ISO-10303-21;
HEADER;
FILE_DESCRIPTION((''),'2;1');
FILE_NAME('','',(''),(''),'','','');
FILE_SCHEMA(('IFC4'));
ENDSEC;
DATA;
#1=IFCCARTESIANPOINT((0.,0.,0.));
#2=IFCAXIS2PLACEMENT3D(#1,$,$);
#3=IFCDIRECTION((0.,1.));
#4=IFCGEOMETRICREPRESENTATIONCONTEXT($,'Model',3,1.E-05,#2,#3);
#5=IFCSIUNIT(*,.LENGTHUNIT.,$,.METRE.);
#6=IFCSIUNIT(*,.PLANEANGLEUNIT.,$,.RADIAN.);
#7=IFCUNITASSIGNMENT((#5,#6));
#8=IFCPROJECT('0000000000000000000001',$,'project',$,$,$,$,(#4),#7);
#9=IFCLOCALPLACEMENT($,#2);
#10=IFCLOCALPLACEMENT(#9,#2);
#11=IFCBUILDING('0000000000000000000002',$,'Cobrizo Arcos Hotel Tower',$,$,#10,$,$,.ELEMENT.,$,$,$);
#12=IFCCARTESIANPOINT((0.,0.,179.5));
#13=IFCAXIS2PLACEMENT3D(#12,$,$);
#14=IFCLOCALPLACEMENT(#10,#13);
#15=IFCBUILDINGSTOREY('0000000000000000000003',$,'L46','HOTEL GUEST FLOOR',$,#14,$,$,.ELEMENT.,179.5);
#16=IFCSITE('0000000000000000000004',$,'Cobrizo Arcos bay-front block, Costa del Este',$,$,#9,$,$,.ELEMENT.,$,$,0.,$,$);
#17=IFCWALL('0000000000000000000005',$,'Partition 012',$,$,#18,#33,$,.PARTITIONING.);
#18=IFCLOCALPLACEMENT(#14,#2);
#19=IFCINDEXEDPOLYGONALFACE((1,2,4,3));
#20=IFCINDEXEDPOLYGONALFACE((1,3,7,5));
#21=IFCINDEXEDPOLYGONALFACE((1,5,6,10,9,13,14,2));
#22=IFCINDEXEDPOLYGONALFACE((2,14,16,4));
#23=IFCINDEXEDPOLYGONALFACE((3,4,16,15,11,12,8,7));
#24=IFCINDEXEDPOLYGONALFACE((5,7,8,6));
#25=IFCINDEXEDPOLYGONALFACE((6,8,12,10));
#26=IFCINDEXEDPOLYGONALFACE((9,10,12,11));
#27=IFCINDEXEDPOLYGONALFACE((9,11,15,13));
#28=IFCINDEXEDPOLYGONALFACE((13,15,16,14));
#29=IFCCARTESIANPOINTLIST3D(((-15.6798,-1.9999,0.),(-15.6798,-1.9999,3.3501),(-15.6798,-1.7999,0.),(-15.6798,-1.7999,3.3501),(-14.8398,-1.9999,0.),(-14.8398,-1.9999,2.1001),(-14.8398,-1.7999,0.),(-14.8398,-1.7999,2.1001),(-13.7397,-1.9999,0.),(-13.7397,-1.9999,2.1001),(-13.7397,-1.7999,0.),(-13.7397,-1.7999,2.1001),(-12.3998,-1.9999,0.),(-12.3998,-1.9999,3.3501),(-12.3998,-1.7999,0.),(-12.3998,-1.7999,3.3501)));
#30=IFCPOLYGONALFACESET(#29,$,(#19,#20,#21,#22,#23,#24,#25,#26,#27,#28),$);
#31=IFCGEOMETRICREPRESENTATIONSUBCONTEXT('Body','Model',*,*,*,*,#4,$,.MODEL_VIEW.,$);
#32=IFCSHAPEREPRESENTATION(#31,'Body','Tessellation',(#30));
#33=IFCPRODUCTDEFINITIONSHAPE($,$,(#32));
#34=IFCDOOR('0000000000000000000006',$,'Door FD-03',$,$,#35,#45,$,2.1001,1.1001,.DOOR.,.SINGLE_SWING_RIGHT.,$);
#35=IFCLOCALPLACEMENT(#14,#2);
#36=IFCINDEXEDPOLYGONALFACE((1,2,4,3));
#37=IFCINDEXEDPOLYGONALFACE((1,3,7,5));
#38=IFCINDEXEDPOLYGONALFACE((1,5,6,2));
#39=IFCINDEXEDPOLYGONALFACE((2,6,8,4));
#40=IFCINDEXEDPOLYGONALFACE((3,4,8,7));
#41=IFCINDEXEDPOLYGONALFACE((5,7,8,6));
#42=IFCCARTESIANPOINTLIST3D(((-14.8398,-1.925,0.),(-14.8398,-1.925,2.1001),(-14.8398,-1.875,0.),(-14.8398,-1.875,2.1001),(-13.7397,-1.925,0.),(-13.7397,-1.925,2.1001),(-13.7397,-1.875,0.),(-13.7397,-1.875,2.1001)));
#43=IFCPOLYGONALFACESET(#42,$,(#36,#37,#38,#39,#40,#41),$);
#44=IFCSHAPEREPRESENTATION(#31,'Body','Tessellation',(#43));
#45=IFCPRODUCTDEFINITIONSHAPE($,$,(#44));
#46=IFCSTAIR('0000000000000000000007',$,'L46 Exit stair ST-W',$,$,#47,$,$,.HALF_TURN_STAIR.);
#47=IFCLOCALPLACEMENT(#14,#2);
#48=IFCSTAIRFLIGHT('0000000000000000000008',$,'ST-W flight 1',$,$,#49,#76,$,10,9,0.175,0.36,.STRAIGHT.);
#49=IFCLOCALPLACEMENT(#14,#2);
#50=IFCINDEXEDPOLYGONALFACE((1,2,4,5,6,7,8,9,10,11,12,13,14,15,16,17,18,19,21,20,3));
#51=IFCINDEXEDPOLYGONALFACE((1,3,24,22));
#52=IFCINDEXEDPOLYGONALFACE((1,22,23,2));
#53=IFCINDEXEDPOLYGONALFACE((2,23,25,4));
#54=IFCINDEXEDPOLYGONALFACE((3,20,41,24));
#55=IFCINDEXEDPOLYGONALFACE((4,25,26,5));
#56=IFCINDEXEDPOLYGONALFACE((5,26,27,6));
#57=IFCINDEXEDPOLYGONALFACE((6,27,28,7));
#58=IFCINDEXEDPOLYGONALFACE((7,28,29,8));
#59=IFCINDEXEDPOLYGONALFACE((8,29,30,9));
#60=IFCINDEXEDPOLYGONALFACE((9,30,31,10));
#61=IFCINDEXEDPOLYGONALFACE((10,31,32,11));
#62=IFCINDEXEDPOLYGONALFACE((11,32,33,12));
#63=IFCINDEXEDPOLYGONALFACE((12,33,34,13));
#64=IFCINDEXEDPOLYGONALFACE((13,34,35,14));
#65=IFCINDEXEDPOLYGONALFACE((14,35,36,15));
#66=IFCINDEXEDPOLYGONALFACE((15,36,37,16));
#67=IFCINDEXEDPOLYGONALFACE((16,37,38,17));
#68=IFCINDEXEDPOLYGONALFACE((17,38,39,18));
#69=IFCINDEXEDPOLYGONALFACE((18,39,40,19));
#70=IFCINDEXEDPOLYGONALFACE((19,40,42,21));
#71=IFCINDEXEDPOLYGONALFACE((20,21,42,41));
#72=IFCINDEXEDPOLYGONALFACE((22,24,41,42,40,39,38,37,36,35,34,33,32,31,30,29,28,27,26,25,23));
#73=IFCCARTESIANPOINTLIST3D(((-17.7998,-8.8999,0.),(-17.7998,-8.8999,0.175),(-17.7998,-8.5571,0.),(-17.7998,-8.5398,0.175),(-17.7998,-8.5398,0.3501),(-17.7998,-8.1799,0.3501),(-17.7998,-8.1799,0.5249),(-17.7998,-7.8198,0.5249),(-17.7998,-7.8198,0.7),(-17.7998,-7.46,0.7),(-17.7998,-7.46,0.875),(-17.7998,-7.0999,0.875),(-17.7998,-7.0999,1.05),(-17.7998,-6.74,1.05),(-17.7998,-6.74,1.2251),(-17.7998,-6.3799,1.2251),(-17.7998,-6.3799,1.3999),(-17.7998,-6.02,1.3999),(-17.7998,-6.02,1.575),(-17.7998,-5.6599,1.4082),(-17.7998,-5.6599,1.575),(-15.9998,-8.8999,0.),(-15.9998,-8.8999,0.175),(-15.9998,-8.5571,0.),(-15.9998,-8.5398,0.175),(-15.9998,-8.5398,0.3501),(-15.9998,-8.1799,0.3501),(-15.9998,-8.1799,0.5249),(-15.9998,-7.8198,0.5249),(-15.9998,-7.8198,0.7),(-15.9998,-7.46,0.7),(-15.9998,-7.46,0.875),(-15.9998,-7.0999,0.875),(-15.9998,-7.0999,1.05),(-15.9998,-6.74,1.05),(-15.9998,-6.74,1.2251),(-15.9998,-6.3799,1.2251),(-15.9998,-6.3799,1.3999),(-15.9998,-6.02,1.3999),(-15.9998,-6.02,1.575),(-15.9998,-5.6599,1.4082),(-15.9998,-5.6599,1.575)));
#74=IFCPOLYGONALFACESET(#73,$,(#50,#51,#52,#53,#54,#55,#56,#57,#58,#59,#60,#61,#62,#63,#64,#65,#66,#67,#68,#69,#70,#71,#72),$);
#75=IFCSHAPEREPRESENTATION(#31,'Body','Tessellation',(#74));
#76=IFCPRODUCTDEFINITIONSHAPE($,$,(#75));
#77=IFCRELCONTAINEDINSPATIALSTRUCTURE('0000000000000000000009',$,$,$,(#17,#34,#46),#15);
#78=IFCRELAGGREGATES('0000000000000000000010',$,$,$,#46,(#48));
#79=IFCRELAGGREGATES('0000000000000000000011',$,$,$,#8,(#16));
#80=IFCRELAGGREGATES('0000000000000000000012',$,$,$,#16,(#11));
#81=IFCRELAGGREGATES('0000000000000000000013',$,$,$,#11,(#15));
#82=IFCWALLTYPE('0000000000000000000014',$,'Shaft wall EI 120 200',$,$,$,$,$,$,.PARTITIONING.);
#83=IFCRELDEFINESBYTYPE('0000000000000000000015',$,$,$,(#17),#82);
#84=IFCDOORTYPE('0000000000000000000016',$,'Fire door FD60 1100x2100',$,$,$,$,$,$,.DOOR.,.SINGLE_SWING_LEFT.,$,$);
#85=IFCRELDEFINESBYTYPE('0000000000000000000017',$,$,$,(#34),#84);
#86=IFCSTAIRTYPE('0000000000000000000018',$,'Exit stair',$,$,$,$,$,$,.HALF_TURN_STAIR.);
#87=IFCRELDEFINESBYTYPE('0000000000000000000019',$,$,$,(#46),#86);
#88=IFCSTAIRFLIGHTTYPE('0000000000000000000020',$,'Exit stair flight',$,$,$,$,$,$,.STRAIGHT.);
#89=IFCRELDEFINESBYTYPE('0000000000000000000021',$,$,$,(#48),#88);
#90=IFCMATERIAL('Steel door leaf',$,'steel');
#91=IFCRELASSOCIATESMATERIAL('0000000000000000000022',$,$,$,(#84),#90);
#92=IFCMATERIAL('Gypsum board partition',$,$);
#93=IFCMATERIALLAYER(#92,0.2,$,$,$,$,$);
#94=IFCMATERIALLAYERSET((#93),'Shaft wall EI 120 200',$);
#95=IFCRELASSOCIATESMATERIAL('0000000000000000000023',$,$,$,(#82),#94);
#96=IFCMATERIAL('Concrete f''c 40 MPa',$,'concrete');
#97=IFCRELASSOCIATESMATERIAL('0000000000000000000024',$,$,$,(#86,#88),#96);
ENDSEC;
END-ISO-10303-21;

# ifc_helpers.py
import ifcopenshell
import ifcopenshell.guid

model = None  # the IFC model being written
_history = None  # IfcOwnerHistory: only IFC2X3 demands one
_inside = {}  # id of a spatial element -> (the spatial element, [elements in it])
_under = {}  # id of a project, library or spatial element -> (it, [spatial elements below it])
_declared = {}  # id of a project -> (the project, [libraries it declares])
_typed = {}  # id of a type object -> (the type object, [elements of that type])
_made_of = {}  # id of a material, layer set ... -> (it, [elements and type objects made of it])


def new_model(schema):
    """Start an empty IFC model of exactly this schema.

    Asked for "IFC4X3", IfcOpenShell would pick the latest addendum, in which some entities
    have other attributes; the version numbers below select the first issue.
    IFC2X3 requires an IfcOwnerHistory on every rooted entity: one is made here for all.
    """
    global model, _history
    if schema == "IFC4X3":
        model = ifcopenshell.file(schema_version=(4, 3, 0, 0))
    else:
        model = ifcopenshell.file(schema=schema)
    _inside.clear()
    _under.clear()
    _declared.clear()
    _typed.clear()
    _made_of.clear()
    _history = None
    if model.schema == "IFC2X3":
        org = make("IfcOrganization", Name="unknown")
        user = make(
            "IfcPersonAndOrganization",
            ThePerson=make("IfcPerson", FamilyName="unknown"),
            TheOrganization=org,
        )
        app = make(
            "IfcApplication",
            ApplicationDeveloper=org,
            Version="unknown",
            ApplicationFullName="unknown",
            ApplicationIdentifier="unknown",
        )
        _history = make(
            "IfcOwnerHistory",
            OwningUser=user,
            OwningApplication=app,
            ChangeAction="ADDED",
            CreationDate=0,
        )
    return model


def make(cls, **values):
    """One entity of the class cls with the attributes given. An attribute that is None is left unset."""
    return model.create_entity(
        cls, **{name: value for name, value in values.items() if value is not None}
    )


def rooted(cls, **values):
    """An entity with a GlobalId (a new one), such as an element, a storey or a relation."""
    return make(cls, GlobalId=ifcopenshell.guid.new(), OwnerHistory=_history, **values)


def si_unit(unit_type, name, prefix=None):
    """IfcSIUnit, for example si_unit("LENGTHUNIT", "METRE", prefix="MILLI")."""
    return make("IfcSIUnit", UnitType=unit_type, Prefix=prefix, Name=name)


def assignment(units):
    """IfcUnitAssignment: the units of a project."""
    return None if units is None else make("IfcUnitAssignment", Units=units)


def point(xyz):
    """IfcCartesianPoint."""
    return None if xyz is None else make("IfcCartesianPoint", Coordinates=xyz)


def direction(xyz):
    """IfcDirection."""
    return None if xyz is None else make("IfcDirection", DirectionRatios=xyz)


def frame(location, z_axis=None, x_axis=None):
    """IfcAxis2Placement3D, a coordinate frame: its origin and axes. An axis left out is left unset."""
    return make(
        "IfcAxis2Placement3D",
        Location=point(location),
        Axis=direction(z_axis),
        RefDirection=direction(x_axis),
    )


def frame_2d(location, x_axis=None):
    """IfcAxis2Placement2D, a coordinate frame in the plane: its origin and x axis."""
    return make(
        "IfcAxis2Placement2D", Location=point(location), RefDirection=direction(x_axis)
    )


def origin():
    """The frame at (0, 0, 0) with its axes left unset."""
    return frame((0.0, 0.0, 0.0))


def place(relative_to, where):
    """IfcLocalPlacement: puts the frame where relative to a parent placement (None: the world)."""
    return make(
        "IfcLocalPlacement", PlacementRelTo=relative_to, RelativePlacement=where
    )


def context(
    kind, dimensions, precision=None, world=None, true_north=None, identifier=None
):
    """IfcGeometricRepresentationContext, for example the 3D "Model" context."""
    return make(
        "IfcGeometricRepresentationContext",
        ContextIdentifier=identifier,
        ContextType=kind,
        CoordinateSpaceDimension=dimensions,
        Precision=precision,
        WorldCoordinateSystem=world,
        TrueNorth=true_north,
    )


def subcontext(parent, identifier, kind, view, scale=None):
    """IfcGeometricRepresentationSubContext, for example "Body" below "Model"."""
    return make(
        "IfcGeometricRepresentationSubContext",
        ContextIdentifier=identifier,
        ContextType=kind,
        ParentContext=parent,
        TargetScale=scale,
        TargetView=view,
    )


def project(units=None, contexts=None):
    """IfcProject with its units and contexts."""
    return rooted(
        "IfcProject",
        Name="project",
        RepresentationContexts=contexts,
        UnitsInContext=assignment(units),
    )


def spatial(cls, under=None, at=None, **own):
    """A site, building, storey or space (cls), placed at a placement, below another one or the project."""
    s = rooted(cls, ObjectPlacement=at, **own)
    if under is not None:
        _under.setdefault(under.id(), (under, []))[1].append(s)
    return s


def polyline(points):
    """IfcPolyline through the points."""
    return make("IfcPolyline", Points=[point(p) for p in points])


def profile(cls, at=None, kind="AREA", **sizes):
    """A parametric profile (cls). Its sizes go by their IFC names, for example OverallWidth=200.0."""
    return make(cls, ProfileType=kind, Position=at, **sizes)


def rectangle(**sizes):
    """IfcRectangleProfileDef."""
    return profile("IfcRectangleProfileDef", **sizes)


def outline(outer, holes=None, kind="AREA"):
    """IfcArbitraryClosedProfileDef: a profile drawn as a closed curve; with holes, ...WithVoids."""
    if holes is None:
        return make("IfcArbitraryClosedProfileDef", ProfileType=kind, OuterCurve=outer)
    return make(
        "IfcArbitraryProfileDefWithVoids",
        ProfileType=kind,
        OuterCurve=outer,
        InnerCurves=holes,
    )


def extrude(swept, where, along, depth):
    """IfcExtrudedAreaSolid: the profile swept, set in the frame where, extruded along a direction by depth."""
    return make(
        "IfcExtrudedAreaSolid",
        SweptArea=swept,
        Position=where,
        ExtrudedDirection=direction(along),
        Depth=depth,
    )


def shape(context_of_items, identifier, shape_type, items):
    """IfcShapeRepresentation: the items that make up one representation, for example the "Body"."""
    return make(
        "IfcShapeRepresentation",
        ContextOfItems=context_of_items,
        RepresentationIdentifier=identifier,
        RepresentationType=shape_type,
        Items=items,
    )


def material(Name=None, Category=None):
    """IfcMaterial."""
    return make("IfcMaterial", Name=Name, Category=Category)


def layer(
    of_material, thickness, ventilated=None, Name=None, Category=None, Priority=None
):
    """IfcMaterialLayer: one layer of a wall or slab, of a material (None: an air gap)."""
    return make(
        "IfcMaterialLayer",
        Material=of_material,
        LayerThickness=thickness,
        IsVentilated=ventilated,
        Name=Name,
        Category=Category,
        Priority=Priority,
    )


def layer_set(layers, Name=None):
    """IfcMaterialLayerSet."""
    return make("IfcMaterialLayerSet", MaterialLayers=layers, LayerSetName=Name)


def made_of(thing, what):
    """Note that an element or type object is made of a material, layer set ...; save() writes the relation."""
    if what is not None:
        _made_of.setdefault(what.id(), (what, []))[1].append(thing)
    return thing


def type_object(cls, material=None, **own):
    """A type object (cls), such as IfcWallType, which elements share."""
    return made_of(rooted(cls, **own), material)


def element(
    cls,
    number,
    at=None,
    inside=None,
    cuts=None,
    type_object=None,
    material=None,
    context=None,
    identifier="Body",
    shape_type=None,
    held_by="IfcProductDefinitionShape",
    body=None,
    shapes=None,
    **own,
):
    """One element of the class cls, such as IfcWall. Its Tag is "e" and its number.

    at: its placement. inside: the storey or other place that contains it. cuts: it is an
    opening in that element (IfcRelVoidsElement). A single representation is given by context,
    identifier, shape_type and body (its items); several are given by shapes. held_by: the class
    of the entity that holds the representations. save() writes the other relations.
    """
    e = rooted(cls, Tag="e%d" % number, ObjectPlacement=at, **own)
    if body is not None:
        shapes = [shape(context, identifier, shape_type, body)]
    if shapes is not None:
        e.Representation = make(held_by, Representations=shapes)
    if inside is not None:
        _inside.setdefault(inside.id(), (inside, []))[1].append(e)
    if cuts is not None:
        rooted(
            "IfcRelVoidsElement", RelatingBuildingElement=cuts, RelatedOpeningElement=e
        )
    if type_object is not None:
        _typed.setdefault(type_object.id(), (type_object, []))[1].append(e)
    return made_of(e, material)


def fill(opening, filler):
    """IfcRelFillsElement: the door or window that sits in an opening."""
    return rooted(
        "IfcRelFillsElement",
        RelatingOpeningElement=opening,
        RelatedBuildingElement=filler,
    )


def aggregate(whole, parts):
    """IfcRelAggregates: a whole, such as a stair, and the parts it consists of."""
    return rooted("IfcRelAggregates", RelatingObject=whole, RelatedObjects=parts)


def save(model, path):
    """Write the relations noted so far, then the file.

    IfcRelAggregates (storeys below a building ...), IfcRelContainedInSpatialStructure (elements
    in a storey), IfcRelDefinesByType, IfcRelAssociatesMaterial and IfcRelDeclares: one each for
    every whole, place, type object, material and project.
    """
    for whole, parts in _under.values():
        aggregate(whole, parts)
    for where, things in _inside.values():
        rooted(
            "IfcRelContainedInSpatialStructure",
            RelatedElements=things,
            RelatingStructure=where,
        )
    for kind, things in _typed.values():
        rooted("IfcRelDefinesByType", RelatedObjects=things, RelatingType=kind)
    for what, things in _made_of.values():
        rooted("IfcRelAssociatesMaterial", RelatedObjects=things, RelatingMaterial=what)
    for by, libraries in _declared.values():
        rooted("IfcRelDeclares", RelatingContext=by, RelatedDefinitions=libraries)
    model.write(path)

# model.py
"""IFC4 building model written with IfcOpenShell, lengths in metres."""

from ifc_helpers import new_model, si_unit, direction, frame, frame_2d, origin, place, context, subcontext, project, spatial, polyline, rectangle, outline, extrude, material, layer, layer_set, type_object, element, fill, aggregate, save


model = new_model("IFC4")

# Units and contexts
model_context = context("Model", 3, precision=1e-05, world=origin(), true_north=direction((0.0, 1.0)))
body_context = subcontext(model_context, "Body", "Model", "MODEL_VIEW")
ifc_project = project(units=[si_unit("LENGTHUNIT", "METRE"), si_unit("PLANEANGLEUNIT", "RADIAN")], contexts=[model_context])

# Site, building, storey
site_placement = place(None, origin())
site = spatial("IfcSite", under=ifc_project, at=site_placement, Name="Cobrizo Arcos bay-front block, Costa del Este", CompositionType="ELEMENT", RefElevation=0.0)
building_placement = place(site_placement, origin())
building = spatial("IfcBuilding", under=site, at=building_placement, Name="Cobrizo Arcos Hotel Tower", CompositionType="ELEMENT")
storey_placement = place(building_placement, frame((0.0, 0.0, 179.5)))
storey = spatial("IfcBuildingStorey", under=building, at=storey_placement, Name="L46", Description="HOTEL GUEST FLOOR", CompositionType="ELEMENT", Elevation=179.5)

# Shared definitions
ifc_material_1 = material(Name="Gypsum board partition")

# Shared definitions
ifc_material_2 = material(Name="Steel door leaf", Category="steel")
door_type_1 = type_object("IfcDoorType", Name="Fire door FD60 1100x2100", OperationType="SINGLE_SWING_LEFT", PredefinedType="DOOR", material=ifc_material_2)

# Wall, opening, door
ifc_layer_1 = layer(ifc_material_1, 0.2)
ifc_layer_set_1 = layer_set([ifc_layer_1], Name="Shaft wall EI 120 200")
wall_type_1 = type_object("IfcWallType", Name="Shaft wall EI 120 200", PredefinedType="PARTITIONING", material=ifc_layer_set_1)
wall_1_placement = place(storey_placement, frame((-15.6799, -1.8999, 0.0), z_axis=(0.0, 0.0, 1.0), x_axis=(1.0, 0.0, 0.0)))
wall_1 = element("IfcWall", 1, at=wall_1_placement, inside=storey, type_object=wall_type_1, Name="Partition 012", PredefinedType="PARTITIONING", context=body_context, shape_type="SweptSolid", body=[
    extrude(rectangle(XDim=3.28, YDim=0.2, at=frame_2d((1.6401, 0.0))), origin(), (0.0, 0.0, 1.0), 3.3501),
])
opening_1_placement = place(wall_1_placement, frame((0.8401, 0.0, 0.0)))
opening_1 = element("IfcOpeningElement", 2, at=opening_1_placement, cuts=wall_1, PredefinedType="OPENING", context=body_context, shape_type="SweptSolid", body=[
    extrude(rectangle(XDim=1.1001, YDim=2.1001, at=frame_2d((0.55, 1.05))), frame((0.0, 0.1121, 0.0), z_axis=(0.0, -1.0, 0.0), x_axis=(1.0, 0.0, 0.0)), (0.0, 0.0, 1.0), 0.2239),
])
door_1_placement = place(opening_1_placement, origin())
door_1 = element("IfcDoor", 3, at=door_1_placement, inside=storey, type_object=door_type_1, Name="Door FD-03", OperationType="SINGLE_SWING_RIGHT", OverallHeight=2.1001, OverallWidth=1.1001, PredefinedType="DOOR", context=body_context, shape_type="SweptSolid", body=[
    extrude(rectangle(XDim=1.1001, YDim=2.1001, at=frame_2d((0.55, 1.05))), frame((0.0, 0.0249, 0.0), z_axis=(0.0, -1.0, 0.0), x_axis=(1.0, 0.0, 0.0)), (0.0, 0.0, 1.0), 0.05),
])
fill(opening_1, door_1)

# Stair, stair flight
ifc_material_3 = material(Name="Concrete f'c 40 MPa", Category="concrete")
stair_type = type_object("IfcStairType", Name="Exit stair", PredefinedType="HALF_TURN_STAIR", material=ifc_material_3)
stair_placement = place(storey_placement, origin())
stair = element("IfcStair", 4, at=stair_placement, inside=storey, type_object=stair_type, Name="L46 Exit stair ST-W", PredefinedType="HALF_TURN_STAIR")
stair_flight_type = type_object("IfcStairFlightType", Name="Exit stair flight", PredefinedType="STRAIGHT", material=ifc_material_3)
stair_flight_placement = place(storey_placement, frame((-16.8999, -8.8999, 0.0), z_axis=(0.0, 0.0, 1.0), x_axis=(0.0, 1.0, 0.0)))
stair_flight = element("IfcStairFlight", 5, at=stair_flight_placement, type_object=stair_flight_type, Name="ST-W flight 1", NumberOfRisers=10, NumberOfTreads=9, PredefinedType="STRAIGHT", RiserHeight=0.175, TreadLength=0.36, context=body_context, shape_type="SweptSolid", body=[
    extrude(outline(polyline([(0.0, 0.0), (0.0, 0.175), (0.3601, 0.175), (0.3601, 0.3501), (0.72, 0.3501), (0.72, 0.5249), (1.0801, 0.5249), (1.0801, 0.7), (1.4399, 0.7), (1.4399, 0.875), (1.8, 0.875), (1.8, 1.05), (2.1599, 1.05), (2.1599, 1.2251), (2.52, 1.2251), (2.52, 1.3999), (2.8799, 1.3999), (2.8799, 1.575), (3.24, 1.575), (3.24, 1.75), (3.24, 1.4082), (0.3428, 0.0), (0.0, 0.0)])), frame((0.0, 0.8999, 0.0), z_axis=(0.0, -1.0, 0.0), x_axis=(1.0, 0.0, 0.0)), (0.0, 0.0, 1.0), 1.8),
])
aggregate(stair, [stair_flight])

save(model, "model.ifc")
